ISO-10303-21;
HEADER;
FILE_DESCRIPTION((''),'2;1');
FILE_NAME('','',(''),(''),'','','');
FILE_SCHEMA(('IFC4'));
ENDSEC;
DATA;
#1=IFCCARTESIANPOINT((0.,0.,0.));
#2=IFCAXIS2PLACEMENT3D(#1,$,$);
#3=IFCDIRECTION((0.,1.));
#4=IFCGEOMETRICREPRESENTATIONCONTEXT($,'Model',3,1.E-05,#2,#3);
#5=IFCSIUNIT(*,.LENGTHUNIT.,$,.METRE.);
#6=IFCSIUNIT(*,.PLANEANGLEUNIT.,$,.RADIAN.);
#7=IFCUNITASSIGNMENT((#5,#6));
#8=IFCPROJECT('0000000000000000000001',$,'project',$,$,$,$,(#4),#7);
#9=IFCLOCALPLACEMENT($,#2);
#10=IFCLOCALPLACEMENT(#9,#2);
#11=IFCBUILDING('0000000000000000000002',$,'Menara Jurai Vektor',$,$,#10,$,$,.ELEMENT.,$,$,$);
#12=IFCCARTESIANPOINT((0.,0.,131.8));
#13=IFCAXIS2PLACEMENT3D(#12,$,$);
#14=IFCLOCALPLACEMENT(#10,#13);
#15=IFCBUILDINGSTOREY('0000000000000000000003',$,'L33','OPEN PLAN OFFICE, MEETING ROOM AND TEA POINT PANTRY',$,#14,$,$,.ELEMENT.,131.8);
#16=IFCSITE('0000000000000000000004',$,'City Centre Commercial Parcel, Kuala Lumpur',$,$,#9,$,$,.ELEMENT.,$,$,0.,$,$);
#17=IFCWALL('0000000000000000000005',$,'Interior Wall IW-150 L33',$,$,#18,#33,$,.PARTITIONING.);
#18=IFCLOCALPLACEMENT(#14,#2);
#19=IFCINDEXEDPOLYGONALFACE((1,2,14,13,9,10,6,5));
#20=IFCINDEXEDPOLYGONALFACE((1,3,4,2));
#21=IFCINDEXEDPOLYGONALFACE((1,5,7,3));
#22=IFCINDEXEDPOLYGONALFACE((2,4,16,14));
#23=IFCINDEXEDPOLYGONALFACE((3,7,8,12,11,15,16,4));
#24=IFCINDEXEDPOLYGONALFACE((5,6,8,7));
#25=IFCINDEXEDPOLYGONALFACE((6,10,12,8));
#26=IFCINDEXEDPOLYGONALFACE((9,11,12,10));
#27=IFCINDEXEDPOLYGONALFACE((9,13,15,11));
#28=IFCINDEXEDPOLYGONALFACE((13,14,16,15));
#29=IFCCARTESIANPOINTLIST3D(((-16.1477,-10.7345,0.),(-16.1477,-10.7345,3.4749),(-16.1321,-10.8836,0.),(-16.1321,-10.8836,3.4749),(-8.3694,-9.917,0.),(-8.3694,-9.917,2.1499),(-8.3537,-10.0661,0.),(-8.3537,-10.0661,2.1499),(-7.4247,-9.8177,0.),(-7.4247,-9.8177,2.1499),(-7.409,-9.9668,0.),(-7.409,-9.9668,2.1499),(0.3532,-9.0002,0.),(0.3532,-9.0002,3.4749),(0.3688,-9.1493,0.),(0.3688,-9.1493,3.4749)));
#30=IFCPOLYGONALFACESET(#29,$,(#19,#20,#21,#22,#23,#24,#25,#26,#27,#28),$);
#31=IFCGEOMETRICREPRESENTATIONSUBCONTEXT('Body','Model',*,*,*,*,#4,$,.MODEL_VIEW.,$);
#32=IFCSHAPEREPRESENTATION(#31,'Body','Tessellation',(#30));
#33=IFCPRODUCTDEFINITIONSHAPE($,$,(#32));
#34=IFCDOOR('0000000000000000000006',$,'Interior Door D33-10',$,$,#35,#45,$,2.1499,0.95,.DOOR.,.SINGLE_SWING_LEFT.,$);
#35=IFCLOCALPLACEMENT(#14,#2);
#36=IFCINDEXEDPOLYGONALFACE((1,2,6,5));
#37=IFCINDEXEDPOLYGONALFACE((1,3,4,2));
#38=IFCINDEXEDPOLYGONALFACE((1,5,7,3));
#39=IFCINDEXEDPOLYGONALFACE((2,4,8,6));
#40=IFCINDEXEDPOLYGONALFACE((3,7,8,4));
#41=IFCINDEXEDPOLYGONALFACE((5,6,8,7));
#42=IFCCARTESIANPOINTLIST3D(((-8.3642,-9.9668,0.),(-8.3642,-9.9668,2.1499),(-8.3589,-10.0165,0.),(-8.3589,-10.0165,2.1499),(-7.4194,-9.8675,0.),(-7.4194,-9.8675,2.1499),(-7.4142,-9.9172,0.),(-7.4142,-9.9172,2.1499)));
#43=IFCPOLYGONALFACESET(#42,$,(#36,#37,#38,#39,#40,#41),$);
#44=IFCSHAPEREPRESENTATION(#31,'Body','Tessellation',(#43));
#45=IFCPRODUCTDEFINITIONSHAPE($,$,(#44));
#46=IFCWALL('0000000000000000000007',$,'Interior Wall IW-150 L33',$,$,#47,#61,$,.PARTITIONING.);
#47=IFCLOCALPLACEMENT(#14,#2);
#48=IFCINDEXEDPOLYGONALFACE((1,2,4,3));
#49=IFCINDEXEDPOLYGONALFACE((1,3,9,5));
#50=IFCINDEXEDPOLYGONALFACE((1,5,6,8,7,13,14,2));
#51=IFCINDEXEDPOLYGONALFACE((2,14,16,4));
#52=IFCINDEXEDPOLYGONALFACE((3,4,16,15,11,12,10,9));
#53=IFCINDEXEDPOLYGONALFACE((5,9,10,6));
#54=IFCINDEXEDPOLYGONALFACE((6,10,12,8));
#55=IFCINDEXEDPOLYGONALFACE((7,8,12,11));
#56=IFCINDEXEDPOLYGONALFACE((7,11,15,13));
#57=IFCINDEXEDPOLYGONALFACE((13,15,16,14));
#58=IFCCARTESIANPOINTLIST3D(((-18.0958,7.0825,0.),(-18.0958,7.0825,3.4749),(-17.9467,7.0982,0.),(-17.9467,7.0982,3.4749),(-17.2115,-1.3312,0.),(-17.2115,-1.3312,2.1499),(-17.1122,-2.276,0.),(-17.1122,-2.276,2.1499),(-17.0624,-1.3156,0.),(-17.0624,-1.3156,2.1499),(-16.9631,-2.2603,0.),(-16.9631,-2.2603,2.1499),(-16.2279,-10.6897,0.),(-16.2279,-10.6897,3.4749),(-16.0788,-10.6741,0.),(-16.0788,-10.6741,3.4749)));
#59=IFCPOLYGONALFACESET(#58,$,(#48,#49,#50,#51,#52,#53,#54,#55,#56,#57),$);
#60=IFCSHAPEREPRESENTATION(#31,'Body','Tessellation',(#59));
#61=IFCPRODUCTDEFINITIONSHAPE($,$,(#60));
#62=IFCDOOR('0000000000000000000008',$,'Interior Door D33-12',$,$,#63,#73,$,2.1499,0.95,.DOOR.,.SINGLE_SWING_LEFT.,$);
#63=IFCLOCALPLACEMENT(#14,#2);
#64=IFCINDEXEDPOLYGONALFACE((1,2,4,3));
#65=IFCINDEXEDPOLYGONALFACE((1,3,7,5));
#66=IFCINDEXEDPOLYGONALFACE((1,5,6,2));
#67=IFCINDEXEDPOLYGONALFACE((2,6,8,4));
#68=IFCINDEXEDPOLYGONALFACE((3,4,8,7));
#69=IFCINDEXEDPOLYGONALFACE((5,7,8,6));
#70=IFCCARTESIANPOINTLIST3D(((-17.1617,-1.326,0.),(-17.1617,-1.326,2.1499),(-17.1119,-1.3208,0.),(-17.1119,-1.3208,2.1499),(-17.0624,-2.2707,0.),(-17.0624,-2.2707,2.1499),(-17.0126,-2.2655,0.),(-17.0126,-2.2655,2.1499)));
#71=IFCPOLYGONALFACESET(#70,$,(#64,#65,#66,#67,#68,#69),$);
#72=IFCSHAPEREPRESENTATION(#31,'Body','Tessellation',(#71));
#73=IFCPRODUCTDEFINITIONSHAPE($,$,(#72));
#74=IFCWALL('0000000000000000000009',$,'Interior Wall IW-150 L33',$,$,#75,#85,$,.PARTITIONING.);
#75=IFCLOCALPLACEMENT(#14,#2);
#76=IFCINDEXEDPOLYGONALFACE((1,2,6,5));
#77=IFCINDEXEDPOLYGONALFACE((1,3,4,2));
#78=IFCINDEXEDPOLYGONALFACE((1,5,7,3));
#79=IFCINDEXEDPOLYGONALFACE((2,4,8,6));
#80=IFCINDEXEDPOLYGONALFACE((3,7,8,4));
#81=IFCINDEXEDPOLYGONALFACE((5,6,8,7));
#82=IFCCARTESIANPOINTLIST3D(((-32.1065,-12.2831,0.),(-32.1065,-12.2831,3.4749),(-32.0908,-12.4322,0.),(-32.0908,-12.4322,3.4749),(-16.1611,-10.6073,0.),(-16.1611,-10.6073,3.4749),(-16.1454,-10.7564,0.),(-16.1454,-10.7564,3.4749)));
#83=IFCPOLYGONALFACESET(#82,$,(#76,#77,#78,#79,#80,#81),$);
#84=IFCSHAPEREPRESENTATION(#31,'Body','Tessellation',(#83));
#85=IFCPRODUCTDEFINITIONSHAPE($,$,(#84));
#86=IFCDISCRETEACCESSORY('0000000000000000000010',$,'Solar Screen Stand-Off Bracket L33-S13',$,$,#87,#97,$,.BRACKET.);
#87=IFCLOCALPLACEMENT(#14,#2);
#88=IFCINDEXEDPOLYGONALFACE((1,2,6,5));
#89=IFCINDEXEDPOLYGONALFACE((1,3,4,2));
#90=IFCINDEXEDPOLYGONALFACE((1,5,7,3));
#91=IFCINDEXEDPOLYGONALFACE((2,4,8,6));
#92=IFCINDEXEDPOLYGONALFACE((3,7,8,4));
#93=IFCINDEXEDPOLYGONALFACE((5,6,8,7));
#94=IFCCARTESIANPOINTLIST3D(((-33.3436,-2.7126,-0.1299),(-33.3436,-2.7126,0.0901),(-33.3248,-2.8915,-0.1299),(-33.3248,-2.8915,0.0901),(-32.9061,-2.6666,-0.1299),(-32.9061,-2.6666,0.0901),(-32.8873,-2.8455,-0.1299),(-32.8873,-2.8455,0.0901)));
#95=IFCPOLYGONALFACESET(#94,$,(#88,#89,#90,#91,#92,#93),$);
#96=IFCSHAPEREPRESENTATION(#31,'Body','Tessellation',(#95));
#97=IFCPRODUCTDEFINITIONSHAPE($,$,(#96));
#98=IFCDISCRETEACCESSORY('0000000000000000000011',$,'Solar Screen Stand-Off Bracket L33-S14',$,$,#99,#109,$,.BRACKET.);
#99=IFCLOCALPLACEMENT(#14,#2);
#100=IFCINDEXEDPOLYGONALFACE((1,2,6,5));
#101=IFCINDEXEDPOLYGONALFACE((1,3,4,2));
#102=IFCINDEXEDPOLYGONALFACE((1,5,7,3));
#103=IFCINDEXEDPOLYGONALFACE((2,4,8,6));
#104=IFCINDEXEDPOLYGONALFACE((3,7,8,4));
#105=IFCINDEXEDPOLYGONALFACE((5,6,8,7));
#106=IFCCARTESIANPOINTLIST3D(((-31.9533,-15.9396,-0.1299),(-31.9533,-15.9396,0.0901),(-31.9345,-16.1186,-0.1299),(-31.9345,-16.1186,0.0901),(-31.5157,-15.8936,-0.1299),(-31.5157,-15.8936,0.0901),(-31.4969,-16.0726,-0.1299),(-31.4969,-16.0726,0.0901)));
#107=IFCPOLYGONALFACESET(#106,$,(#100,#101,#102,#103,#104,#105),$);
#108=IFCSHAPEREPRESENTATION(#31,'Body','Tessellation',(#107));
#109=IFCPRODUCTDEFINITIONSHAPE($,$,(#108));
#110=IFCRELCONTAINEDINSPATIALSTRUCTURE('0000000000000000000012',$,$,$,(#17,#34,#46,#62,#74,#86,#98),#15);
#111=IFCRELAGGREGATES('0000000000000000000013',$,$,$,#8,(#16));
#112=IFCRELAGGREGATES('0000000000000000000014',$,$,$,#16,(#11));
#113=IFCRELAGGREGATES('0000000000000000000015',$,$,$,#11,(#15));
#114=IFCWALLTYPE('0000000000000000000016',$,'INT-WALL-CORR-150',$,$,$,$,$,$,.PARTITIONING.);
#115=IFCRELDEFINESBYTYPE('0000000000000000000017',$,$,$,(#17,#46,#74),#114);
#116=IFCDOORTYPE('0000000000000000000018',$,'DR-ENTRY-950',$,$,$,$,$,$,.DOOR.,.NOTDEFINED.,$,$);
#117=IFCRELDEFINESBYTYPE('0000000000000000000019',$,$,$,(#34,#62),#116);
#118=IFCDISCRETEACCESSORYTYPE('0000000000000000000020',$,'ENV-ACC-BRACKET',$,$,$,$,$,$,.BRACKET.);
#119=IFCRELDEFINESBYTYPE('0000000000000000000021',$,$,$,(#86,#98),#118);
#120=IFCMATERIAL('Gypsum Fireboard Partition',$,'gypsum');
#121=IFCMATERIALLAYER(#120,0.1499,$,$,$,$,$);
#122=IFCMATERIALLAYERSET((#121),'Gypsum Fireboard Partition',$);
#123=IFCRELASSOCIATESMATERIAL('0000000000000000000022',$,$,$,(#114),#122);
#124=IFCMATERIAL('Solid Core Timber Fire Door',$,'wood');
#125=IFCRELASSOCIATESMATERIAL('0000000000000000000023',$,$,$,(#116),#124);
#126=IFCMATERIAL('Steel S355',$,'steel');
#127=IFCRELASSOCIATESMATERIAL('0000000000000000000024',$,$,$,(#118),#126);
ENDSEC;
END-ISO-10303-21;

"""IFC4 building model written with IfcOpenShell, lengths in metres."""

from ifc_helpers import new_model, si_unit, direction, frame, frame_2d, origin, origin_2d, place, context, subcontext, project, spatial, rectangle, extrude, material, layer, layer_set, type_object, element, fill, save


model = new_model("IFC4")

# Units and contexts
model_context = context("Model", 3, precision=1e-05, world=origin(), true_north=direction((0.0, 1.0)))
body_context = subcontext(model_context, "Body", "Model", "MODEL_VIEW")
ifc_project = project(units=[si_unit("LENGTHUNIT", "METRE"), si_unit("PLANEANGLEUNIT", "RADIAN")], contexts=[model_context])

# Site, building, storey
site_placement = place(None, origin())
site = spatial("IfcSite", under=ifc_project, at=site_placement, Name="City Centre Commercial Parcel, Kuala Lumpur", CompositionType="ELEMENT", RefElevation=0.0)
building_placement = place(site_placement, origin())
building = spatial("IfcBuilding", under=site, at=building_placement, Name="Menara Jurai Vektor", CompositionType="ELEMENT")
storey_placement = place(building_placement, frame((0.0, 0.0, 131.8)))
storey = spatial("IfcBuildingStorey", under=building, at=storey_placement, Name="L33", Description="OPEN PLAN OFFICE, MEETING ROOM AND TEA POINT PANTRY", CompositionType="ELEMENT", Elevation=131.8)

# Shared definitions
ifc_material_1 = material(Name="Steel S355", Category="steel")

# Walls, openings, doors
ifc_material_2 = material(Name="Gypsum Fireboard Partition", Category="gypsum")
ifc_layer_1 = layer(ifc_material_2, 0.1499)
ifc_layer_set_1 = layer_set([ifc_layer_1], Name="Gypsum Fireboard Partition")
wall_type = type_object("IfcWallType", Name="INT-WALL-CORR-150", PredefinedType="PARTITIONING", material=ifc_layer_set_1)
wall_1_placement = place(storey_placement, frame((-16.1399, -10.8091, 0.0), z_axis=(0.0, 0.0, 1.0), x_axis=(0.994522, 0.104532, 0.0)))
wall_1 = element("IfcWall", 1, at=wall_1_placement, inside=storey, type_object=wall_type, Name="Interior Wall IW-150 L33", PredefinedType="PARTITIONING", context=body_context, shape_type="SweptSolid", body=[
    extrude(rectangle(XDim=16.5918, YDim=0.1499, at=frame_2d((8.2959, 0.0))), origin(), (0.0, 0.0, 1.0), 3.4749),
])
opening_1_placement = place(wall_1_placement, frame((7.821, 0.0, 0.0)))
opening_1 = element("IfcOpeningElement", 2, at=opening_1_placement, cuts=wall_1, PredefinedType="OPENING", context=body_context, shape_type="SweptSolid", body=[
    extrude(rectangle(XDim=0.95, YDim=2.1499, at=frame_2d((0.4751, 1.075))), frame((0.0, 0.085, 0.0), z_axis=(0.0, -1.0, 0.0), x_axis=(1.0, 0.0, 0.0)), (0.0, 0.0, 1.0), 0.1699),
])
ifc_material_3 = material(Name="Solid Core Timber Fire Door", Category="wood")
door_type = type_object("IfcDoorType", Name="DR-ENTRY-950", OperationType="NOTDEFINED", PredefinedType="DOOR", material=ifc_material_3)
door_1_placement = place(opening_1_placement, origin())
door_1 = element("IfcDoor", 3, at=door_1_placement, inside=storey, type_object=door_type, Name="Interior Door D33-10", OperationType="SINGLE_SWING_LEFT", OverallHeight=2.1499, OverallWidth=0.95, PredefinedType="DOOR", context=body_context, shape_type="SweptSolid", body=[
    extrude(rectangle(XDim=0.95, YDim=2.1499, at=frame_2d((0.4751, 1.075))), frame((0.0, 0.0249, 0.0), z_axis=(0.0, -1.0, 0.0), x_axis=(1.0, 0.0, 0.0)), (0.0, 0.0, 1.0), 0.05),
])
fill(opening_1, door_1)
wall_2_placement = place(storey_placement, frame((-16.1533, -10.6819, 0.0), z_axis=(0.0, 0.0, 1.0), x_axis=(-0.104528, 0.994522, 0.0)))
wall_2 = element("IfcWall", 4, at=wall_2_placement, inside=storey, type_object=wall_type, Name="Interior Wall IW-150 L33", PredefinedType="PARTITIONING", context=body_context, shape_type="SweptSolid", body=[
    extrude(rectangle(XDim=17.8701, YDim=0.1499, at=frame_2d((8.9351, 0.0))), origin(), (0.0, 0.0, 1.0), 3.4749),
])
opening_2_placement = place(wall_2_placement, frame((8.46, 0.0, 0.0)))
opening_2 = element("IfcOpeningElement", 5, at=opening_2_placement, cuts=wall_2, PredefinedType="OPENING", context=body_context, shape_type="SweptSolid", body=[
    extrude(rectangle(XDim=0.95, YDim=2.1499, at=frame_2d((0.4751, 1.075))), frame((0.0, 0.085, 0.0), z_axis=(0.0, -1.0, 0.0), x_axis=(1.0, 0.0, 0.0)), (0.0, 0.0, 1.0), 0.1699),
])
door_2_placement = place(opening_2_placement, origin())
door_2 = element("IfcDoor", 6, at=door_2_placement, inside=storey, type_object=door_type, Name="Interior Door D33-12", OperationType="SINGLE_SWING_LEFT", OverallHeight=2.1499, OverallWidth=0.95, PredefinedType="DOOR", context=body_context, shape_type="SweptSolid", body=[
    extrude(rectangle(XDim=0.95, YDim=2.1499, at=frame_2d((0.4751, 1.075))), frame((0.0, 0.0249, 0.0), z_axis=(0.0, -1.0, 0.0), x_axis=(1.0, 0.0, 0.0)), (0.0, 0.0, 1.0), 0.05),
])
fill(opening_2, door_2)

# Wall
wall_3_placement = place(storey_placement, frame((-32.0986, -12.3577, 0.0), z_axis=(0.0, 0.0, 1.0), x_axis=(0.994523, 0.10452, 0.0)))
element("IfcWall", 7, at=wall_3_placement, inside=storey, type_object=wall_type, Name="Interior Wall IW-150 L33", PredefinedType="PARTITIONING", context=body_context, shape_type="SweptSolid", body=[
    extrude(rectangle(XDim=16.0332, YDim=0.1499, at=frame_2d((8.0166, 0.0))), origin(), (0.0, 0.0, 1.0), 3.4749),
])

# Discrete accessories
discrete_accessory_type = type_object("IfcDiscreteAccessoryType", Name="ENV-ACC-BRACKET", PredefinedType="BRACKET", material=ifc_material_1)
for number, where, z_axis, x_axis, name in (
    (8, (-33.1155, -2.7791, -0.1299), (0.0, 0.0, 1.0), (0.104528, -0.994522, 0.0), "Solar Screen Stand-Off Bracket L33-S13"),
    (9, (-31.7251, -16.0061, -0.1299), (0.0, 0.0, 1.0), (0.104528, -0.994522, 0.0), "Solar Screen Stand-Off Bracket L33-S14"),
):
    element("IfcDiscreteAccessory", number, at=place(storey_placement, frame(where, z_axis=z_axis, x_axis=x_axis)), inside=storey, type_object=discrete_accessory_type, Name=name, PredefinedType="BRACKET", context=body_context, shape_type="SweptSolid", body=[
        extrude(rectangle(XDim=0.1799, YDim=0.4399, at=origin_2d()), origin(), (0.0, 0.0, 1.0), 0.22),
    ])

save(model, "model.ifc")
